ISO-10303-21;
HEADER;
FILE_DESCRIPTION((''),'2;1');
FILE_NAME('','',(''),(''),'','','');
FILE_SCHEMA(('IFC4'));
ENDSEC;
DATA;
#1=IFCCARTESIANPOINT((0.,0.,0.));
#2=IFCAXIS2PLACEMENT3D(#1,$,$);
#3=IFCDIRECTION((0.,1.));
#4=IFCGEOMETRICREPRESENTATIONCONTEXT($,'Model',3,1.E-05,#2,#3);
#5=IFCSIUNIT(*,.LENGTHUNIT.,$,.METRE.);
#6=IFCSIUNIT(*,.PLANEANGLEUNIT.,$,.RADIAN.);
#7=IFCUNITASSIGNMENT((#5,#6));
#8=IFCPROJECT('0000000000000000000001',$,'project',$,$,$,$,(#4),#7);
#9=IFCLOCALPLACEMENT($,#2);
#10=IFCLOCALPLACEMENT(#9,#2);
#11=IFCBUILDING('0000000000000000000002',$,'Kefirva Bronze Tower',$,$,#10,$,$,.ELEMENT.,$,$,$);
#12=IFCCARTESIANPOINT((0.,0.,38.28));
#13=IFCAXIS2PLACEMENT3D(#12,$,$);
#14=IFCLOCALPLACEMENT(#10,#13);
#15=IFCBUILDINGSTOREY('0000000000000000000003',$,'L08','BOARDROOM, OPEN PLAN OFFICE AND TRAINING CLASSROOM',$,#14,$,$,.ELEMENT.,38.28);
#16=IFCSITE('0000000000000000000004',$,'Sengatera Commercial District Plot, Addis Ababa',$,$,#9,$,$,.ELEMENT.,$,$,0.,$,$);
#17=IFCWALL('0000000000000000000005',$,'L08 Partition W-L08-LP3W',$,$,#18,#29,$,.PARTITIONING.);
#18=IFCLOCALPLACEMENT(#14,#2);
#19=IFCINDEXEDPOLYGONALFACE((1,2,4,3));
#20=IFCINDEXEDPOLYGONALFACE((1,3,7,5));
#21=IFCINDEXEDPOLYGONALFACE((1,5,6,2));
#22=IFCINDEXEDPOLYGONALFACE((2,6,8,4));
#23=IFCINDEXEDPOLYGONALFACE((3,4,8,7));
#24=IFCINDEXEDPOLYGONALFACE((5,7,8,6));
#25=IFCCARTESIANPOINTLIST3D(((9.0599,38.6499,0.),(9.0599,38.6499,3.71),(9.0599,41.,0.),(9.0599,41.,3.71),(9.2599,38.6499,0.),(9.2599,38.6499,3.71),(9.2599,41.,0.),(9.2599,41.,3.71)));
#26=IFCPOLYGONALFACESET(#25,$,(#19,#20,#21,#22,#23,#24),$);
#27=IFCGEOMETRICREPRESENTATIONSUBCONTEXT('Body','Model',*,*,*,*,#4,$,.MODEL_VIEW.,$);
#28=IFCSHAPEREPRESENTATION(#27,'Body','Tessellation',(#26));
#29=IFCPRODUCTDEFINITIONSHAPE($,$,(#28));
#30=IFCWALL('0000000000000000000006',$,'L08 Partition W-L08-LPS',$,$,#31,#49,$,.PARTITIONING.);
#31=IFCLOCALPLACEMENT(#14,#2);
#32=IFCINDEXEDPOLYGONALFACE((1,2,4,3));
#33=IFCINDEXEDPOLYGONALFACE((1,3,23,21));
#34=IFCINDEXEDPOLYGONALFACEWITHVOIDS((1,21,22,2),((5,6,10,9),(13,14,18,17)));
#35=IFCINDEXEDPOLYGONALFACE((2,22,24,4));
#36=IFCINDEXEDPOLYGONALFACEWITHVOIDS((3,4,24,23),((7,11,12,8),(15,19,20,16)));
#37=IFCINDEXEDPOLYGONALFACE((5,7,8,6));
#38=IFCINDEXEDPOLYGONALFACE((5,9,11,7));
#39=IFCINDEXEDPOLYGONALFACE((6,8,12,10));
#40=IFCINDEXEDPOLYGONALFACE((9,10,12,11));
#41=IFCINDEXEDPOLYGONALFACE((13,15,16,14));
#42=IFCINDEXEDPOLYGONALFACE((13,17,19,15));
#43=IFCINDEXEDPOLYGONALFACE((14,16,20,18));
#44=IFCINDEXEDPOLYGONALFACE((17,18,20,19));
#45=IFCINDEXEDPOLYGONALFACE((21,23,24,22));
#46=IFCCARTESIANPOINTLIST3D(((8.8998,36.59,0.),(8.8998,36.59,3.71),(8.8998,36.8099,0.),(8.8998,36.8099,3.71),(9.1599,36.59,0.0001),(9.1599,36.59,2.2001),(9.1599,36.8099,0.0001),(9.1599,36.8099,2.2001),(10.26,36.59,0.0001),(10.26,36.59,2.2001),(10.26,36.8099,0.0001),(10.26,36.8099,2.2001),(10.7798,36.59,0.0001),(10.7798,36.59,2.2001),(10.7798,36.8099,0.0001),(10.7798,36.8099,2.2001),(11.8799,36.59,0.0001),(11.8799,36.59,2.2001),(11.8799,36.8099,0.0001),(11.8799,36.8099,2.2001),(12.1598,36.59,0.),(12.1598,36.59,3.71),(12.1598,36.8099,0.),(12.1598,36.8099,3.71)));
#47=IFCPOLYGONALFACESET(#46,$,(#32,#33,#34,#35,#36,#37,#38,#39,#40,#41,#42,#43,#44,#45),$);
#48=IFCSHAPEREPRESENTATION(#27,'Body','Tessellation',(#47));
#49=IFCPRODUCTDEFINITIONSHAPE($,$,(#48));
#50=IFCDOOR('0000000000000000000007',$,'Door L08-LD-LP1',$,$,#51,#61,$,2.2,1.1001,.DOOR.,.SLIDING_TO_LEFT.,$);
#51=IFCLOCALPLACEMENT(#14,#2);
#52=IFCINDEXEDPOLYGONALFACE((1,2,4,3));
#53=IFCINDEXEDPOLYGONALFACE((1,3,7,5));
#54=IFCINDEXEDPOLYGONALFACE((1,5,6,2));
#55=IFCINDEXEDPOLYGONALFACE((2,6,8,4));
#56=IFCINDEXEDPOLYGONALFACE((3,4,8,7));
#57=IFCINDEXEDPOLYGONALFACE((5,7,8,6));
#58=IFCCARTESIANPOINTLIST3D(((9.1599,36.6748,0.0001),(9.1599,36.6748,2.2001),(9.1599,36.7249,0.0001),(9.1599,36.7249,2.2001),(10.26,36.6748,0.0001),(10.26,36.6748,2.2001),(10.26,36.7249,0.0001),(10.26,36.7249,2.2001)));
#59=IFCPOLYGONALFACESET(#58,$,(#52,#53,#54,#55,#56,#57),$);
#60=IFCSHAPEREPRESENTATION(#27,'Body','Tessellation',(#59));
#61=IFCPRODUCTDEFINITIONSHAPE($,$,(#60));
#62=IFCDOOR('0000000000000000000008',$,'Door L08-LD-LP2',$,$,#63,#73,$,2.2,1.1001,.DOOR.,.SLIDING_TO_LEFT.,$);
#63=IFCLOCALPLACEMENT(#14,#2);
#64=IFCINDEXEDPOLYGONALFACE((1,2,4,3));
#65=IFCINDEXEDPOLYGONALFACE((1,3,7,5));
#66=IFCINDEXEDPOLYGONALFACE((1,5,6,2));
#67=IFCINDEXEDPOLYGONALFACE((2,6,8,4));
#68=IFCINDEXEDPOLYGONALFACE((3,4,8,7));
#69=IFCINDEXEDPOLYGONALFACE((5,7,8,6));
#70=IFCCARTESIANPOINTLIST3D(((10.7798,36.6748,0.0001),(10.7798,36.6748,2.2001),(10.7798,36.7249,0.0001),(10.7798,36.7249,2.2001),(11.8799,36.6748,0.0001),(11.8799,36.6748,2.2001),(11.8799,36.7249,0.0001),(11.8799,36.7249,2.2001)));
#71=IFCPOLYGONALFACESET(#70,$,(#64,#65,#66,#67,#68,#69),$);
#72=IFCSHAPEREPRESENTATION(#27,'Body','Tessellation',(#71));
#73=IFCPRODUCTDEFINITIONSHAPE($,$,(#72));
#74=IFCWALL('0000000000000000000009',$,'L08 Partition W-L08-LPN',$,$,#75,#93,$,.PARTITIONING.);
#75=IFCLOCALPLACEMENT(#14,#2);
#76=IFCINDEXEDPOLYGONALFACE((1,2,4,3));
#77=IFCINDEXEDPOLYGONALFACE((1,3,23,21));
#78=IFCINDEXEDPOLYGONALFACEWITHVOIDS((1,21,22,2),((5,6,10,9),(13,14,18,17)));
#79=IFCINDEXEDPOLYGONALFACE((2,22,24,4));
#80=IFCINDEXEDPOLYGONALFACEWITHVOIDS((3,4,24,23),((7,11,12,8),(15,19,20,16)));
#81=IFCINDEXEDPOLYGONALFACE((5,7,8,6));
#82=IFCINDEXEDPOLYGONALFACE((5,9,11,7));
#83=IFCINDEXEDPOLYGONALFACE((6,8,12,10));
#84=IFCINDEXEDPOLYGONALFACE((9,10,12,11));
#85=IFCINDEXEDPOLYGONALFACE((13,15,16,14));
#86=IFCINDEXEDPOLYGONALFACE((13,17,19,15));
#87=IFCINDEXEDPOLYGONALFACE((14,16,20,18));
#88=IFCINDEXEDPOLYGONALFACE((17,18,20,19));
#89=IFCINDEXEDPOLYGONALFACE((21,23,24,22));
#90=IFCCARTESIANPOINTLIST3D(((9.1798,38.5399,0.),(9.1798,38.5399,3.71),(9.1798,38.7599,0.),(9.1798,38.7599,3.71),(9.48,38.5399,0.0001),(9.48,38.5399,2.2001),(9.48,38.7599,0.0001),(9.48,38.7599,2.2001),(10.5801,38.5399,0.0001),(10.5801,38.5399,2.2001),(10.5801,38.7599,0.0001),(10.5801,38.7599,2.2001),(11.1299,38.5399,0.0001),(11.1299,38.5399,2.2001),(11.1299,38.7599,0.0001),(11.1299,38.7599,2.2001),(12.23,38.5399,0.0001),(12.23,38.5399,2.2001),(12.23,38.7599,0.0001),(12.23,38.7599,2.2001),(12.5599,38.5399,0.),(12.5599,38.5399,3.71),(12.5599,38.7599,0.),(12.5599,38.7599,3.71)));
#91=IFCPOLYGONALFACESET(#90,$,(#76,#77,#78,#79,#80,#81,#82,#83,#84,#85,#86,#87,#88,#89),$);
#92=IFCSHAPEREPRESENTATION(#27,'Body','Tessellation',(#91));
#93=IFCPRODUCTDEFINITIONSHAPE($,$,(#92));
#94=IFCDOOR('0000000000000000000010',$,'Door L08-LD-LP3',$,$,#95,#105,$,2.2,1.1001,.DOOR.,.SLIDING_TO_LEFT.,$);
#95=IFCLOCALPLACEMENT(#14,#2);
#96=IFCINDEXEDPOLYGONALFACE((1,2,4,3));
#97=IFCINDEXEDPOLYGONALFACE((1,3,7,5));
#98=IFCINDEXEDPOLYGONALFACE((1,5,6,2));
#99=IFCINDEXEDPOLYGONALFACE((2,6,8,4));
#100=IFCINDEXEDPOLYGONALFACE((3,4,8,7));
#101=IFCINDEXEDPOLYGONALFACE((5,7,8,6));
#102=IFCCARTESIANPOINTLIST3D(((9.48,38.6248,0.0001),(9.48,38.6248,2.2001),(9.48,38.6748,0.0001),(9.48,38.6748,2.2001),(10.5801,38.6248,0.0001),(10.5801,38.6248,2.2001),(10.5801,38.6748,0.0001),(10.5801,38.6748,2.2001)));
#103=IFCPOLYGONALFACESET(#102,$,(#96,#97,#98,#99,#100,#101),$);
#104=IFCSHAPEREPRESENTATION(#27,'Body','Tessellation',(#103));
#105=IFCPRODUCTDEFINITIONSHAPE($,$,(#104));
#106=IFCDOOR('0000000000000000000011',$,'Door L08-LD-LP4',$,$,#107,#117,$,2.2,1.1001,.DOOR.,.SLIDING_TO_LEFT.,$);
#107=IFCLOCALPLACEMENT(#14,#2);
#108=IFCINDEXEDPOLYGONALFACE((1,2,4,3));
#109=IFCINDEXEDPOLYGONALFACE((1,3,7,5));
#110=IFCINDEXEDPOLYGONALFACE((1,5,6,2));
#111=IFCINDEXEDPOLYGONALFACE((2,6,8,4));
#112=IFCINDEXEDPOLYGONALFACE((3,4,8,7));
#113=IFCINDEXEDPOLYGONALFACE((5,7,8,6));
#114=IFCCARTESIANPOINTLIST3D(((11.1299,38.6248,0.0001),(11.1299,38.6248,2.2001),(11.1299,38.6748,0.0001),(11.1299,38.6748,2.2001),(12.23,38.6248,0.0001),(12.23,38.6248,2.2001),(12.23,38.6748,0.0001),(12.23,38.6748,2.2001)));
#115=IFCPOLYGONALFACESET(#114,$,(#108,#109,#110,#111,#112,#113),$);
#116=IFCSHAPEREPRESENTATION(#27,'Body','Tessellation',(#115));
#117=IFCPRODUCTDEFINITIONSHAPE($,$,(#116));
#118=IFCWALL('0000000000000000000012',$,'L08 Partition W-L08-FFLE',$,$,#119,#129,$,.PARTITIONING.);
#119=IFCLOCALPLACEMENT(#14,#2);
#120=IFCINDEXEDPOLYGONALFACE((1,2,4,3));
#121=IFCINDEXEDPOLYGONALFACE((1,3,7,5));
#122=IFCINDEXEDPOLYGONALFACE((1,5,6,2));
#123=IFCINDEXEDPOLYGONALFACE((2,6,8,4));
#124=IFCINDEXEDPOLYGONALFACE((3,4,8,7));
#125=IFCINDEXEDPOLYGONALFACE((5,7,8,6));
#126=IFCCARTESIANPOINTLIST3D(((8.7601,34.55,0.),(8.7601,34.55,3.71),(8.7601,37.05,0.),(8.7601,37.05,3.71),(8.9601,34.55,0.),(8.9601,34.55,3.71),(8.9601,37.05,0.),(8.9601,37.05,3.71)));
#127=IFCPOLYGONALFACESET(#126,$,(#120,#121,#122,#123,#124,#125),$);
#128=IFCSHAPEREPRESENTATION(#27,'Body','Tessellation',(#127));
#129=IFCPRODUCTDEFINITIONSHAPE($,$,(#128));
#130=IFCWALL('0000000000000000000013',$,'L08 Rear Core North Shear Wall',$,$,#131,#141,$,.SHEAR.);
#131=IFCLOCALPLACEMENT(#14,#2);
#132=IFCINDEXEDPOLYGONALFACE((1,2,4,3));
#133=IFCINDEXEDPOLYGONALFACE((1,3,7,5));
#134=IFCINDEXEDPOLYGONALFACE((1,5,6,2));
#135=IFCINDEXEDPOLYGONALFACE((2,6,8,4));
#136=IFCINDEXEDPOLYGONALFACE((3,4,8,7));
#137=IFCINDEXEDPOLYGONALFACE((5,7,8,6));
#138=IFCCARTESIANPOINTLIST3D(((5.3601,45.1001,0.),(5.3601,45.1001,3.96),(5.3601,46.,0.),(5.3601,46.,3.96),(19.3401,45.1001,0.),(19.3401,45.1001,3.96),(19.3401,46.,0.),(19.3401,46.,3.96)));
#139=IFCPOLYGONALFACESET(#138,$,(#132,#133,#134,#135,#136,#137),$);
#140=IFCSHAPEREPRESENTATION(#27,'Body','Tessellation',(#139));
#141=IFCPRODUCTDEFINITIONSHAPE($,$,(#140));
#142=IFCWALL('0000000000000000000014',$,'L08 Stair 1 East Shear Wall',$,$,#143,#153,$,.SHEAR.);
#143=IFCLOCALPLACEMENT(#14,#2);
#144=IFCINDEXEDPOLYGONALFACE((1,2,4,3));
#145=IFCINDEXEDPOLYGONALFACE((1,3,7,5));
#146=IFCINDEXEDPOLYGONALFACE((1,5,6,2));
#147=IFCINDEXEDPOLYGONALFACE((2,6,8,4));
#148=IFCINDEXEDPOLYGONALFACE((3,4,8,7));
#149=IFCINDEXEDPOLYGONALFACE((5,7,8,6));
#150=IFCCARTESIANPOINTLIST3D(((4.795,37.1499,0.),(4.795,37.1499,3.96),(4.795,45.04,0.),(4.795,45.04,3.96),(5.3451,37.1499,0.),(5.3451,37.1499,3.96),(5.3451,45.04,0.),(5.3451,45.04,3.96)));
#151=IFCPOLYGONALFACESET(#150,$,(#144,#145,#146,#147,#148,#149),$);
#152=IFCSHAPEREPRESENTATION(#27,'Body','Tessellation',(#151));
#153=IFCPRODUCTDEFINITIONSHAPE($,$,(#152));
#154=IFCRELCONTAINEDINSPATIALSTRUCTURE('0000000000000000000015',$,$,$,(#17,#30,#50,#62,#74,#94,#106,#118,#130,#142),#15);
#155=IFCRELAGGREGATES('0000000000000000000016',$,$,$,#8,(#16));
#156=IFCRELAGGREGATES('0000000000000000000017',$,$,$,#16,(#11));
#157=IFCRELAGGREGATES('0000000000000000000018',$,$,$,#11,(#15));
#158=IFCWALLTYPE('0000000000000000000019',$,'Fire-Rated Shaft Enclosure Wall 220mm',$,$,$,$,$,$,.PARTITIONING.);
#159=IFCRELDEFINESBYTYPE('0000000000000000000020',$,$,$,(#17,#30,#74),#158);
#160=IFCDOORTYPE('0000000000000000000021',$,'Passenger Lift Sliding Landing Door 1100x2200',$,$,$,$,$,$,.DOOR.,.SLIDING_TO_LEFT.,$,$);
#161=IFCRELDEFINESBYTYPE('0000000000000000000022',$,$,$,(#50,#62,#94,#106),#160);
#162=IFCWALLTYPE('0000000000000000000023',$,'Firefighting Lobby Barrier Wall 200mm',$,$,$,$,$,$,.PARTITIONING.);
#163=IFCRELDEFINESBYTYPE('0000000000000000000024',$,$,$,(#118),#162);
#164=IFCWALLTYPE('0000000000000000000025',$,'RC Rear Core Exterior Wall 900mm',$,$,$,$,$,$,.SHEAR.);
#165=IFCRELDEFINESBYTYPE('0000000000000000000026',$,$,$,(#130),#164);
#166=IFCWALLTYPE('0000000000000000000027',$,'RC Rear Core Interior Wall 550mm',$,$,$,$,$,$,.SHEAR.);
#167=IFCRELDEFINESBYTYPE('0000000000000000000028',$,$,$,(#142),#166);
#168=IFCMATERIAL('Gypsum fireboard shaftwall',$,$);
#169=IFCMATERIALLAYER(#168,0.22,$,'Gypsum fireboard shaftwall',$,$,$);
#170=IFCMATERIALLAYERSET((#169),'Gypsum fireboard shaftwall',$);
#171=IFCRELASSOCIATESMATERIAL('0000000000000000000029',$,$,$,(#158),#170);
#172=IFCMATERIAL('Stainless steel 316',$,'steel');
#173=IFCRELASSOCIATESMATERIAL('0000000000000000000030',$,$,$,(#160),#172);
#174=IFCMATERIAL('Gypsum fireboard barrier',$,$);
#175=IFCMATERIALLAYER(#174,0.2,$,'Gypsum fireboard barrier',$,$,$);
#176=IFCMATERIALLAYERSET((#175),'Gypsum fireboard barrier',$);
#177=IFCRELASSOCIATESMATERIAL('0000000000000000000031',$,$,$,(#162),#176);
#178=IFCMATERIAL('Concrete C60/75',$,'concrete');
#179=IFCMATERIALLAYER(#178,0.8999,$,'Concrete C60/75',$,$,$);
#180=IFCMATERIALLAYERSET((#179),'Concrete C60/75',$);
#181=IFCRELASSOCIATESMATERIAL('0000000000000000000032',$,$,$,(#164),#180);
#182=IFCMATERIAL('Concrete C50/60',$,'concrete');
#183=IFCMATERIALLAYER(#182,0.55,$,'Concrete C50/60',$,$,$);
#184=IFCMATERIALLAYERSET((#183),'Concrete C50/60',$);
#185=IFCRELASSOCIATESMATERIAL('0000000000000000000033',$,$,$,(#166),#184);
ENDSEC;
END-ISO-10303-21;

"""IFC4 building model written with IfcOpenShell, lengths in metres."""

from ifc_helpers import new_model, si_unit, direction, frame, frame_2d, origin, place, context, subcontext, project, spatial, rectangle, extrude, material, layer, layer_set, type_object, element, fill, save


model = new_model("IFC4")

# Units and contexts
model_context = context("Model", 3, precision=1e-05, world=origin(), true_north=direction((0.0, 1.0)))
body_context = subcontext(model_context, "Body", "Model", "MODEL_VIEW")
ifc_project = project(units=[si_unit("LENGTHUNIT", "METRE"), si_unit("PLANEANGLEUNIT", "RADIAN")], contexts=[model_context])

# Site, building, storey
site_placement = place(None, origin())
site = spatial("IfcSite", under=ifc_project, at=site_placement, Name="Sengatera Commercial District Plot, Addis Ababa", CompositionType="ELEMENT", RefElevation=0.0)
building_placement = place(site_placement, origin())
building = spatial("IfcBuilding", under=site, at=building_placement, Name="Kefirva Bronze Tower", CompositionType="ELEMENT")
storey_placement = place(building_placement, frame((0.0, 0.0, 38.28)))
storey = spatial("IfcBuildingStorey", under=building, at=storey_placement, Name="L08", Description="BOARDROOM, OPEN PLAN OFFICE AND TRAINING CLASSROOM", CompositionType="ELEMENT", Elevation=38.28)

# Shared definitions
ifc_material_1 = material(Name="Concrete C60/75", Category="concrete")

# Shared definitions
ifc_material_2 = material(Name="Gypsum fireboard shaftwall")
ifc_layer_1 = layer(ifc_material_2, 0.22, Name="Gypsum fireboard shaftwall")
ifc_layer_set_1 = layer_set([ifc_layer_1], Name="Gypsum fireboard shaftwall")
wall_type_1 = type_object("IfcWallType", Name="Fire-Rated Shaft Enclosure Wall 220mm", PredefinedType="PARTITIONING", material=ifc_layer_set_1)
ifc_material_3 = material(Name="Stainless steel 316", Category="steel")

# Wall
wall_1_placement = place(storey_placement, frame((9.1599, 38.6499, 0.0), z_axis=(0.0, 0.0, 1.0), x_axis=(0.0, 1.0, 0.0)))
element("IfcWall", 1, at=wall_1_placement, inside=storey, type_object=wall_type_1, Name="L08 Partition W-L08-LP3W", PredefinedType="PARTITIONING", context=body_context, shape_type="SweptSolid", body=[
    extrude(rectangle(XDim=2.3501, YDim=0.2, at=frame_2d((1.175, 0.0))), origin(), (0.0, 0.0, 1.0), 3.71),
])

# Walls, openings, doors
wall_2_placement = place(storey_placement, frame((8.8999, 36.7, 0.0), z_axis=(0.0, 0.0, 1.0), x_axis=(1.0, 0.0, 0.0)))
wall_2 = element("IfcWall", 2, at=wall_2_placement, inside=storey, type_object=wall_type_1, Name="L08 Partition W-L08-LPS", PredefinedType="PARTITIONING", context=body_context, shape_type="SweptSolid", body=[
    extrude(rectangle(XDim=3.26, YDim=0.22, at=frame_2d((1.6299, 0.0))), origin(), (0.0, 0.0, 1.0), 3.71),
])
opening_1_placement = place(wall_2_placement, frame((0.26, 0.0, 0.0)))
opening_1 = element("IfcOpeningElement", 3, at=opening_1_placement, cuts=wall_2, PredefinedType="OPENING", context=body_context, shape_type="SweptSolid", body=[
    extrude(rectangle(XDim=1.1001, YDim=2.2, at=frame_2d((0.55, 1.1001))), frame((0.0, 0.1201, 0.0), z_axis=(0.0, -1.0, 0.0), x_axis=(1.0, 0.0, 0.0)), (0.0, 0.0, 1.0), 0.24),
])
opening_2_placement = place(wall_2_placement, frame((1.8799, 0.0, 0.0)))
opening_2 = element("IfcOpeningElement", 4, at=opening_2_placement, cuts=wall_2, PredefinedType="OPENING", context=body_context, shape_type="SweptSolid", body=[
    extrude(rectangle(XDim=1.1001, YDim=2.2, at=frame_2d((0.55, 1.1001))), frame((0.0, 0.1201, 0.0), z_axis=(0.0, -1.0, 0.0), x_axis=(1.0, 0.0, 0.0)), (0.0, 0.0, 1.0), 0.24),
])
door_type_1 = type_object("IfcDoorType", Name="Passenger Lift Sliding Landing Door 1100x2200", OperationType="SLIDING_TO_LEFT", PredefinedType="DOOR", material=ifc_material_3)
door_1_placement = place(opening_1_placement, origin())
door_1 = element("IfcDoor", 5, at=door_1_placement, inside=storey, type_object=door_type_1, Name="Door L08-LD-LP1", OperationType="SLIDING_TO_LEFT", OverallHeight=2.2, OverallWidth=1.1001, PredefinedType="DOOR", context=body_context, shape_type="SweptSolid", body=[
    extrude(rectangle(XDim=1.1001, YDim=2.2, at=frame_2d((0.55, 1.1001))), frame((0.0, 0.0249, 0.0), z_axis=(0.0, -1.0, 0.0), x_axis=(1.0, 0.0, 0.0)), (0.0, 0.0, 1.0), 0.05),
])
fill(opening_1, door_1)
door_2_placement = place(opening_2_placement, origin())
door_2 = element("IfcDoor", 6, at=door_2_placement, inside=storey, type_object=door_type_1, Name="Door L08-LD-LP2", OperationType="SLIDING_TO_LEFT", OverallHeight=2.2, OverallWidth=1.1001, PredefinedType="DOOR", context=body_context, shape_type="SweptSolid", body=[
    extrude(rectangle(XDim=1.1001, YDim=2.2, at=frame_2d((0.55, 1.1001))), frame((0.0, 0.0249, 0.0), z_axis=(0.0, -1.0, 0.0), x_axis=(1.0, 0.0, 0.0)), (0.0, 0.0, 1.0), 0.05),
])
fill(opening_2, door_2)
wall_3_placement = place(storey_placement, frame((9.1799, 38.6499, 0.0), z_axis=(0.0, 0.0, 1.0), x_axis=(1.0, 0.0, 0.0)))
wall_3 = element("IfcWall", 7, at=wall_3_placement, inside=storey, type_object=wall_type_1, Name="L08 Partition W-L08-LPN", PredefinedType="PARTITIONING", context=body_context, shape_type="SweptSolid", body=[
    extrude(rectangle(XDim=3.3801, YDim=0.22, at=frame_2d((1.6899, 0.0))), origin(), (0.0, 0.0, 1.0), 3.71),
])
opening_3_placement = place(wall_3_placement, frame((0.3, 0.0, 0.0)))
opening_3 = element("IfcOpeningElement", 8, at=opening_3_placement, cuts=wall_3, PredefinedType="OPENING", context=body_context, shape_type="SweptSolid", body=[
    extrude(rectangle(XDim=1.1001, YDim=2.2, at=frame_2d((0.55, 1.1001))), frame((0.0, 0.1201, 0.0), z_axis=(0.0, -1.0, 0.0), x_axis=(1.0, 0.0, 0.0)), (0.0, 0.0, 1.0), 0.24),
])
opening_4_placement = place(wall_3_placement, frame((1.95, 0.0, 0.0)))
opening_4 = element("IfcOpeningElement", 9, at=opening_4_placement, cuts=wall_3, PredefinedType="OPENING", context=body_context, shape_type="SweptSolid", body=[
    extrude(rectangle(XDim=1.1001, YDim=2.2, at=frame_2d((0.55, 1.1001))), frame((0.0, 0.1201, 0.0), z_axis=(0.0, -1.0, 0.0), x_axis=(1.0, 0.0, 0.0)), (0.0, 0.0, 1.0), 0.24),
])
door_3_placement = place(opening_3_placement, origin())
door_3 = element("IfcDoor", 10, at=door_3_placement, inside=storey, type_object=door_type_1, Name="Door L08-LD-LP3", OperationType="SLIDING_TO_LEFT", OverallHeight=2.2, OverallWidth=1.1001, PredefinedType="DOOR", context=body_context, shape_type="SweptSolid", body=[
    extrude(rectangle(XDim=1.1001, YDim=2.2, at=frame_2d((0.55, 1.1001))), frame((0.0, 0.0249, 0.0), z_axis=(0.0, -1.0, 0.0), x_axis=(1.0, 0.0, 0.0)), (0.0, 0.0, 1.0), 0.05),
])
fill(opening_3, door_3)
door_4_placement = place(opening_4_placement, origin())
door_4 = element("IfcDoor", 11, at=door_4_placement, inside=storey, type_object=door_type_1, Name="Door L08-LD-LP4", OperationType="SLIDING_TO_LEFT", OverallHeight=2.2, OverallWidth=1.1001, PredefinedType="DOOR", context=body_context, shape_type="SweptSolid", body=[
    extrude(rectangle(XDim=1.1001, YDim=2.2, at=frame_2d((0.55, 1.1001))), frame((0.0, 0.0249, 0.0), z_axis=(0.0, -1.0, 0.0), x_axis=(1.0, 0.0, 0.0)), (0.0, 0.0, 1.0), 0.05),
])
fill(opening_4, door_4)

# Walls
ifc_material_4 = material(Name="Gypsum fireboard barrier")
ifc_layer_2 = layer(ifc_material_4, 0.2, Name="Gypsum fireboard barrier")
ifc_layer_set_2 = layer_set([ifc_layer_2], Name="Gypsum fireboard barrier")
wall_type_2 = type_object("IfcWallType", Name="Firefighting Lobby Barrier Wall 200mm", PredefinedType="PARTITIONING", material=ifc_layer_set_2)
wall_4_placement = place(storey_placement, frame((8.8601, 34.55, 0.0), z_axis=(0.0, 0.0, 1.0), x_axis=(0.0, 1.0, 0.0)))
element("IfcWall", 12, at=wall_4_placement, inside=storey, type_object=wall_type_2, Name="L08 Partition W-L08-FFLE", PredefinedType="PARTITIONING", context=body_context, shape_type="SweptSolid", body=[
    extrude(rectangle(XDim=2.5, YDim=0.2, at=frame_2d((1.25, 0.0))), origin(), (0.0, 0.0, 1.0), 3.71),
])
ifc_layer_3 = layer(ifc_material_1, 0.8999, Name="Concrete C60/75")
ifc_layer_set_3 = layer_set([ifc_layer_3], Name="Concrete C60/75")
wall_type_3 = type_object("IfcWallType", Name="RC Rear Core Exterior Wall 900mm", PredefinedType="SHEAR", material=ifc_layer_set_3)
wall_5_placement = place(storey_placement, frame((5.3601, 45.55, 0.0), z_axis=(0.0, 0.0, 1.0), x_axis=(1.0, 0.0, 0.0)))
element("IfcWall", 13, at=wall_5_placement, inside=storey, type_object=wall_type_3, Name="L08 Rear Core North Shear Wall", PredefinedType="SHEAR", context=body_context, shape_type="SweptSolid", body=[
    extrude(rectangle(XDim=13.98, YDim=0.8999, at=frame_2d((6.99, 0.0))), origin(), (0.0, 0.0, 1.0), 3.96),
])
ifc_material_5 = material(Name="Concrete C50/60", Category="concrete")
ifc_layer_4 = layer(ifc_material_5, 0.55, Name="Concrete C50/60")
ifc_layer_set_4 = layer_set([ifc_layer_4], Name="Concrete C50/60")
wall_type_4 = type_object("IfcWallType", Name="RC Rear Core Interior Wall 550mm", PredefinedType="SHEAR", material=ifc_layer_set_4)
wall_6_placement = place(storey_placement, frame((5.0701, 37.1499, 0.0), z_axis=(0.0, 0.0, 1.0), x_axis=(0.0, 1.0, 0.0)))
element("IfcWall", 14, at=wall_6_placement, inside=storey, type_object=wall_type_4, Name="L08 Stair 1 East Shear Wall", PredefinedType="SHEAR", context=body_context, shape_type="SweptSolid", body=[
    extrude(rectangle(XDim=7.8901, YDim=0.55, at=frame_2d((3.9451, 0.0))), origin(), (0.0, 0.0, 1.0), 3.96),
])

save(model, "model.ifc")
